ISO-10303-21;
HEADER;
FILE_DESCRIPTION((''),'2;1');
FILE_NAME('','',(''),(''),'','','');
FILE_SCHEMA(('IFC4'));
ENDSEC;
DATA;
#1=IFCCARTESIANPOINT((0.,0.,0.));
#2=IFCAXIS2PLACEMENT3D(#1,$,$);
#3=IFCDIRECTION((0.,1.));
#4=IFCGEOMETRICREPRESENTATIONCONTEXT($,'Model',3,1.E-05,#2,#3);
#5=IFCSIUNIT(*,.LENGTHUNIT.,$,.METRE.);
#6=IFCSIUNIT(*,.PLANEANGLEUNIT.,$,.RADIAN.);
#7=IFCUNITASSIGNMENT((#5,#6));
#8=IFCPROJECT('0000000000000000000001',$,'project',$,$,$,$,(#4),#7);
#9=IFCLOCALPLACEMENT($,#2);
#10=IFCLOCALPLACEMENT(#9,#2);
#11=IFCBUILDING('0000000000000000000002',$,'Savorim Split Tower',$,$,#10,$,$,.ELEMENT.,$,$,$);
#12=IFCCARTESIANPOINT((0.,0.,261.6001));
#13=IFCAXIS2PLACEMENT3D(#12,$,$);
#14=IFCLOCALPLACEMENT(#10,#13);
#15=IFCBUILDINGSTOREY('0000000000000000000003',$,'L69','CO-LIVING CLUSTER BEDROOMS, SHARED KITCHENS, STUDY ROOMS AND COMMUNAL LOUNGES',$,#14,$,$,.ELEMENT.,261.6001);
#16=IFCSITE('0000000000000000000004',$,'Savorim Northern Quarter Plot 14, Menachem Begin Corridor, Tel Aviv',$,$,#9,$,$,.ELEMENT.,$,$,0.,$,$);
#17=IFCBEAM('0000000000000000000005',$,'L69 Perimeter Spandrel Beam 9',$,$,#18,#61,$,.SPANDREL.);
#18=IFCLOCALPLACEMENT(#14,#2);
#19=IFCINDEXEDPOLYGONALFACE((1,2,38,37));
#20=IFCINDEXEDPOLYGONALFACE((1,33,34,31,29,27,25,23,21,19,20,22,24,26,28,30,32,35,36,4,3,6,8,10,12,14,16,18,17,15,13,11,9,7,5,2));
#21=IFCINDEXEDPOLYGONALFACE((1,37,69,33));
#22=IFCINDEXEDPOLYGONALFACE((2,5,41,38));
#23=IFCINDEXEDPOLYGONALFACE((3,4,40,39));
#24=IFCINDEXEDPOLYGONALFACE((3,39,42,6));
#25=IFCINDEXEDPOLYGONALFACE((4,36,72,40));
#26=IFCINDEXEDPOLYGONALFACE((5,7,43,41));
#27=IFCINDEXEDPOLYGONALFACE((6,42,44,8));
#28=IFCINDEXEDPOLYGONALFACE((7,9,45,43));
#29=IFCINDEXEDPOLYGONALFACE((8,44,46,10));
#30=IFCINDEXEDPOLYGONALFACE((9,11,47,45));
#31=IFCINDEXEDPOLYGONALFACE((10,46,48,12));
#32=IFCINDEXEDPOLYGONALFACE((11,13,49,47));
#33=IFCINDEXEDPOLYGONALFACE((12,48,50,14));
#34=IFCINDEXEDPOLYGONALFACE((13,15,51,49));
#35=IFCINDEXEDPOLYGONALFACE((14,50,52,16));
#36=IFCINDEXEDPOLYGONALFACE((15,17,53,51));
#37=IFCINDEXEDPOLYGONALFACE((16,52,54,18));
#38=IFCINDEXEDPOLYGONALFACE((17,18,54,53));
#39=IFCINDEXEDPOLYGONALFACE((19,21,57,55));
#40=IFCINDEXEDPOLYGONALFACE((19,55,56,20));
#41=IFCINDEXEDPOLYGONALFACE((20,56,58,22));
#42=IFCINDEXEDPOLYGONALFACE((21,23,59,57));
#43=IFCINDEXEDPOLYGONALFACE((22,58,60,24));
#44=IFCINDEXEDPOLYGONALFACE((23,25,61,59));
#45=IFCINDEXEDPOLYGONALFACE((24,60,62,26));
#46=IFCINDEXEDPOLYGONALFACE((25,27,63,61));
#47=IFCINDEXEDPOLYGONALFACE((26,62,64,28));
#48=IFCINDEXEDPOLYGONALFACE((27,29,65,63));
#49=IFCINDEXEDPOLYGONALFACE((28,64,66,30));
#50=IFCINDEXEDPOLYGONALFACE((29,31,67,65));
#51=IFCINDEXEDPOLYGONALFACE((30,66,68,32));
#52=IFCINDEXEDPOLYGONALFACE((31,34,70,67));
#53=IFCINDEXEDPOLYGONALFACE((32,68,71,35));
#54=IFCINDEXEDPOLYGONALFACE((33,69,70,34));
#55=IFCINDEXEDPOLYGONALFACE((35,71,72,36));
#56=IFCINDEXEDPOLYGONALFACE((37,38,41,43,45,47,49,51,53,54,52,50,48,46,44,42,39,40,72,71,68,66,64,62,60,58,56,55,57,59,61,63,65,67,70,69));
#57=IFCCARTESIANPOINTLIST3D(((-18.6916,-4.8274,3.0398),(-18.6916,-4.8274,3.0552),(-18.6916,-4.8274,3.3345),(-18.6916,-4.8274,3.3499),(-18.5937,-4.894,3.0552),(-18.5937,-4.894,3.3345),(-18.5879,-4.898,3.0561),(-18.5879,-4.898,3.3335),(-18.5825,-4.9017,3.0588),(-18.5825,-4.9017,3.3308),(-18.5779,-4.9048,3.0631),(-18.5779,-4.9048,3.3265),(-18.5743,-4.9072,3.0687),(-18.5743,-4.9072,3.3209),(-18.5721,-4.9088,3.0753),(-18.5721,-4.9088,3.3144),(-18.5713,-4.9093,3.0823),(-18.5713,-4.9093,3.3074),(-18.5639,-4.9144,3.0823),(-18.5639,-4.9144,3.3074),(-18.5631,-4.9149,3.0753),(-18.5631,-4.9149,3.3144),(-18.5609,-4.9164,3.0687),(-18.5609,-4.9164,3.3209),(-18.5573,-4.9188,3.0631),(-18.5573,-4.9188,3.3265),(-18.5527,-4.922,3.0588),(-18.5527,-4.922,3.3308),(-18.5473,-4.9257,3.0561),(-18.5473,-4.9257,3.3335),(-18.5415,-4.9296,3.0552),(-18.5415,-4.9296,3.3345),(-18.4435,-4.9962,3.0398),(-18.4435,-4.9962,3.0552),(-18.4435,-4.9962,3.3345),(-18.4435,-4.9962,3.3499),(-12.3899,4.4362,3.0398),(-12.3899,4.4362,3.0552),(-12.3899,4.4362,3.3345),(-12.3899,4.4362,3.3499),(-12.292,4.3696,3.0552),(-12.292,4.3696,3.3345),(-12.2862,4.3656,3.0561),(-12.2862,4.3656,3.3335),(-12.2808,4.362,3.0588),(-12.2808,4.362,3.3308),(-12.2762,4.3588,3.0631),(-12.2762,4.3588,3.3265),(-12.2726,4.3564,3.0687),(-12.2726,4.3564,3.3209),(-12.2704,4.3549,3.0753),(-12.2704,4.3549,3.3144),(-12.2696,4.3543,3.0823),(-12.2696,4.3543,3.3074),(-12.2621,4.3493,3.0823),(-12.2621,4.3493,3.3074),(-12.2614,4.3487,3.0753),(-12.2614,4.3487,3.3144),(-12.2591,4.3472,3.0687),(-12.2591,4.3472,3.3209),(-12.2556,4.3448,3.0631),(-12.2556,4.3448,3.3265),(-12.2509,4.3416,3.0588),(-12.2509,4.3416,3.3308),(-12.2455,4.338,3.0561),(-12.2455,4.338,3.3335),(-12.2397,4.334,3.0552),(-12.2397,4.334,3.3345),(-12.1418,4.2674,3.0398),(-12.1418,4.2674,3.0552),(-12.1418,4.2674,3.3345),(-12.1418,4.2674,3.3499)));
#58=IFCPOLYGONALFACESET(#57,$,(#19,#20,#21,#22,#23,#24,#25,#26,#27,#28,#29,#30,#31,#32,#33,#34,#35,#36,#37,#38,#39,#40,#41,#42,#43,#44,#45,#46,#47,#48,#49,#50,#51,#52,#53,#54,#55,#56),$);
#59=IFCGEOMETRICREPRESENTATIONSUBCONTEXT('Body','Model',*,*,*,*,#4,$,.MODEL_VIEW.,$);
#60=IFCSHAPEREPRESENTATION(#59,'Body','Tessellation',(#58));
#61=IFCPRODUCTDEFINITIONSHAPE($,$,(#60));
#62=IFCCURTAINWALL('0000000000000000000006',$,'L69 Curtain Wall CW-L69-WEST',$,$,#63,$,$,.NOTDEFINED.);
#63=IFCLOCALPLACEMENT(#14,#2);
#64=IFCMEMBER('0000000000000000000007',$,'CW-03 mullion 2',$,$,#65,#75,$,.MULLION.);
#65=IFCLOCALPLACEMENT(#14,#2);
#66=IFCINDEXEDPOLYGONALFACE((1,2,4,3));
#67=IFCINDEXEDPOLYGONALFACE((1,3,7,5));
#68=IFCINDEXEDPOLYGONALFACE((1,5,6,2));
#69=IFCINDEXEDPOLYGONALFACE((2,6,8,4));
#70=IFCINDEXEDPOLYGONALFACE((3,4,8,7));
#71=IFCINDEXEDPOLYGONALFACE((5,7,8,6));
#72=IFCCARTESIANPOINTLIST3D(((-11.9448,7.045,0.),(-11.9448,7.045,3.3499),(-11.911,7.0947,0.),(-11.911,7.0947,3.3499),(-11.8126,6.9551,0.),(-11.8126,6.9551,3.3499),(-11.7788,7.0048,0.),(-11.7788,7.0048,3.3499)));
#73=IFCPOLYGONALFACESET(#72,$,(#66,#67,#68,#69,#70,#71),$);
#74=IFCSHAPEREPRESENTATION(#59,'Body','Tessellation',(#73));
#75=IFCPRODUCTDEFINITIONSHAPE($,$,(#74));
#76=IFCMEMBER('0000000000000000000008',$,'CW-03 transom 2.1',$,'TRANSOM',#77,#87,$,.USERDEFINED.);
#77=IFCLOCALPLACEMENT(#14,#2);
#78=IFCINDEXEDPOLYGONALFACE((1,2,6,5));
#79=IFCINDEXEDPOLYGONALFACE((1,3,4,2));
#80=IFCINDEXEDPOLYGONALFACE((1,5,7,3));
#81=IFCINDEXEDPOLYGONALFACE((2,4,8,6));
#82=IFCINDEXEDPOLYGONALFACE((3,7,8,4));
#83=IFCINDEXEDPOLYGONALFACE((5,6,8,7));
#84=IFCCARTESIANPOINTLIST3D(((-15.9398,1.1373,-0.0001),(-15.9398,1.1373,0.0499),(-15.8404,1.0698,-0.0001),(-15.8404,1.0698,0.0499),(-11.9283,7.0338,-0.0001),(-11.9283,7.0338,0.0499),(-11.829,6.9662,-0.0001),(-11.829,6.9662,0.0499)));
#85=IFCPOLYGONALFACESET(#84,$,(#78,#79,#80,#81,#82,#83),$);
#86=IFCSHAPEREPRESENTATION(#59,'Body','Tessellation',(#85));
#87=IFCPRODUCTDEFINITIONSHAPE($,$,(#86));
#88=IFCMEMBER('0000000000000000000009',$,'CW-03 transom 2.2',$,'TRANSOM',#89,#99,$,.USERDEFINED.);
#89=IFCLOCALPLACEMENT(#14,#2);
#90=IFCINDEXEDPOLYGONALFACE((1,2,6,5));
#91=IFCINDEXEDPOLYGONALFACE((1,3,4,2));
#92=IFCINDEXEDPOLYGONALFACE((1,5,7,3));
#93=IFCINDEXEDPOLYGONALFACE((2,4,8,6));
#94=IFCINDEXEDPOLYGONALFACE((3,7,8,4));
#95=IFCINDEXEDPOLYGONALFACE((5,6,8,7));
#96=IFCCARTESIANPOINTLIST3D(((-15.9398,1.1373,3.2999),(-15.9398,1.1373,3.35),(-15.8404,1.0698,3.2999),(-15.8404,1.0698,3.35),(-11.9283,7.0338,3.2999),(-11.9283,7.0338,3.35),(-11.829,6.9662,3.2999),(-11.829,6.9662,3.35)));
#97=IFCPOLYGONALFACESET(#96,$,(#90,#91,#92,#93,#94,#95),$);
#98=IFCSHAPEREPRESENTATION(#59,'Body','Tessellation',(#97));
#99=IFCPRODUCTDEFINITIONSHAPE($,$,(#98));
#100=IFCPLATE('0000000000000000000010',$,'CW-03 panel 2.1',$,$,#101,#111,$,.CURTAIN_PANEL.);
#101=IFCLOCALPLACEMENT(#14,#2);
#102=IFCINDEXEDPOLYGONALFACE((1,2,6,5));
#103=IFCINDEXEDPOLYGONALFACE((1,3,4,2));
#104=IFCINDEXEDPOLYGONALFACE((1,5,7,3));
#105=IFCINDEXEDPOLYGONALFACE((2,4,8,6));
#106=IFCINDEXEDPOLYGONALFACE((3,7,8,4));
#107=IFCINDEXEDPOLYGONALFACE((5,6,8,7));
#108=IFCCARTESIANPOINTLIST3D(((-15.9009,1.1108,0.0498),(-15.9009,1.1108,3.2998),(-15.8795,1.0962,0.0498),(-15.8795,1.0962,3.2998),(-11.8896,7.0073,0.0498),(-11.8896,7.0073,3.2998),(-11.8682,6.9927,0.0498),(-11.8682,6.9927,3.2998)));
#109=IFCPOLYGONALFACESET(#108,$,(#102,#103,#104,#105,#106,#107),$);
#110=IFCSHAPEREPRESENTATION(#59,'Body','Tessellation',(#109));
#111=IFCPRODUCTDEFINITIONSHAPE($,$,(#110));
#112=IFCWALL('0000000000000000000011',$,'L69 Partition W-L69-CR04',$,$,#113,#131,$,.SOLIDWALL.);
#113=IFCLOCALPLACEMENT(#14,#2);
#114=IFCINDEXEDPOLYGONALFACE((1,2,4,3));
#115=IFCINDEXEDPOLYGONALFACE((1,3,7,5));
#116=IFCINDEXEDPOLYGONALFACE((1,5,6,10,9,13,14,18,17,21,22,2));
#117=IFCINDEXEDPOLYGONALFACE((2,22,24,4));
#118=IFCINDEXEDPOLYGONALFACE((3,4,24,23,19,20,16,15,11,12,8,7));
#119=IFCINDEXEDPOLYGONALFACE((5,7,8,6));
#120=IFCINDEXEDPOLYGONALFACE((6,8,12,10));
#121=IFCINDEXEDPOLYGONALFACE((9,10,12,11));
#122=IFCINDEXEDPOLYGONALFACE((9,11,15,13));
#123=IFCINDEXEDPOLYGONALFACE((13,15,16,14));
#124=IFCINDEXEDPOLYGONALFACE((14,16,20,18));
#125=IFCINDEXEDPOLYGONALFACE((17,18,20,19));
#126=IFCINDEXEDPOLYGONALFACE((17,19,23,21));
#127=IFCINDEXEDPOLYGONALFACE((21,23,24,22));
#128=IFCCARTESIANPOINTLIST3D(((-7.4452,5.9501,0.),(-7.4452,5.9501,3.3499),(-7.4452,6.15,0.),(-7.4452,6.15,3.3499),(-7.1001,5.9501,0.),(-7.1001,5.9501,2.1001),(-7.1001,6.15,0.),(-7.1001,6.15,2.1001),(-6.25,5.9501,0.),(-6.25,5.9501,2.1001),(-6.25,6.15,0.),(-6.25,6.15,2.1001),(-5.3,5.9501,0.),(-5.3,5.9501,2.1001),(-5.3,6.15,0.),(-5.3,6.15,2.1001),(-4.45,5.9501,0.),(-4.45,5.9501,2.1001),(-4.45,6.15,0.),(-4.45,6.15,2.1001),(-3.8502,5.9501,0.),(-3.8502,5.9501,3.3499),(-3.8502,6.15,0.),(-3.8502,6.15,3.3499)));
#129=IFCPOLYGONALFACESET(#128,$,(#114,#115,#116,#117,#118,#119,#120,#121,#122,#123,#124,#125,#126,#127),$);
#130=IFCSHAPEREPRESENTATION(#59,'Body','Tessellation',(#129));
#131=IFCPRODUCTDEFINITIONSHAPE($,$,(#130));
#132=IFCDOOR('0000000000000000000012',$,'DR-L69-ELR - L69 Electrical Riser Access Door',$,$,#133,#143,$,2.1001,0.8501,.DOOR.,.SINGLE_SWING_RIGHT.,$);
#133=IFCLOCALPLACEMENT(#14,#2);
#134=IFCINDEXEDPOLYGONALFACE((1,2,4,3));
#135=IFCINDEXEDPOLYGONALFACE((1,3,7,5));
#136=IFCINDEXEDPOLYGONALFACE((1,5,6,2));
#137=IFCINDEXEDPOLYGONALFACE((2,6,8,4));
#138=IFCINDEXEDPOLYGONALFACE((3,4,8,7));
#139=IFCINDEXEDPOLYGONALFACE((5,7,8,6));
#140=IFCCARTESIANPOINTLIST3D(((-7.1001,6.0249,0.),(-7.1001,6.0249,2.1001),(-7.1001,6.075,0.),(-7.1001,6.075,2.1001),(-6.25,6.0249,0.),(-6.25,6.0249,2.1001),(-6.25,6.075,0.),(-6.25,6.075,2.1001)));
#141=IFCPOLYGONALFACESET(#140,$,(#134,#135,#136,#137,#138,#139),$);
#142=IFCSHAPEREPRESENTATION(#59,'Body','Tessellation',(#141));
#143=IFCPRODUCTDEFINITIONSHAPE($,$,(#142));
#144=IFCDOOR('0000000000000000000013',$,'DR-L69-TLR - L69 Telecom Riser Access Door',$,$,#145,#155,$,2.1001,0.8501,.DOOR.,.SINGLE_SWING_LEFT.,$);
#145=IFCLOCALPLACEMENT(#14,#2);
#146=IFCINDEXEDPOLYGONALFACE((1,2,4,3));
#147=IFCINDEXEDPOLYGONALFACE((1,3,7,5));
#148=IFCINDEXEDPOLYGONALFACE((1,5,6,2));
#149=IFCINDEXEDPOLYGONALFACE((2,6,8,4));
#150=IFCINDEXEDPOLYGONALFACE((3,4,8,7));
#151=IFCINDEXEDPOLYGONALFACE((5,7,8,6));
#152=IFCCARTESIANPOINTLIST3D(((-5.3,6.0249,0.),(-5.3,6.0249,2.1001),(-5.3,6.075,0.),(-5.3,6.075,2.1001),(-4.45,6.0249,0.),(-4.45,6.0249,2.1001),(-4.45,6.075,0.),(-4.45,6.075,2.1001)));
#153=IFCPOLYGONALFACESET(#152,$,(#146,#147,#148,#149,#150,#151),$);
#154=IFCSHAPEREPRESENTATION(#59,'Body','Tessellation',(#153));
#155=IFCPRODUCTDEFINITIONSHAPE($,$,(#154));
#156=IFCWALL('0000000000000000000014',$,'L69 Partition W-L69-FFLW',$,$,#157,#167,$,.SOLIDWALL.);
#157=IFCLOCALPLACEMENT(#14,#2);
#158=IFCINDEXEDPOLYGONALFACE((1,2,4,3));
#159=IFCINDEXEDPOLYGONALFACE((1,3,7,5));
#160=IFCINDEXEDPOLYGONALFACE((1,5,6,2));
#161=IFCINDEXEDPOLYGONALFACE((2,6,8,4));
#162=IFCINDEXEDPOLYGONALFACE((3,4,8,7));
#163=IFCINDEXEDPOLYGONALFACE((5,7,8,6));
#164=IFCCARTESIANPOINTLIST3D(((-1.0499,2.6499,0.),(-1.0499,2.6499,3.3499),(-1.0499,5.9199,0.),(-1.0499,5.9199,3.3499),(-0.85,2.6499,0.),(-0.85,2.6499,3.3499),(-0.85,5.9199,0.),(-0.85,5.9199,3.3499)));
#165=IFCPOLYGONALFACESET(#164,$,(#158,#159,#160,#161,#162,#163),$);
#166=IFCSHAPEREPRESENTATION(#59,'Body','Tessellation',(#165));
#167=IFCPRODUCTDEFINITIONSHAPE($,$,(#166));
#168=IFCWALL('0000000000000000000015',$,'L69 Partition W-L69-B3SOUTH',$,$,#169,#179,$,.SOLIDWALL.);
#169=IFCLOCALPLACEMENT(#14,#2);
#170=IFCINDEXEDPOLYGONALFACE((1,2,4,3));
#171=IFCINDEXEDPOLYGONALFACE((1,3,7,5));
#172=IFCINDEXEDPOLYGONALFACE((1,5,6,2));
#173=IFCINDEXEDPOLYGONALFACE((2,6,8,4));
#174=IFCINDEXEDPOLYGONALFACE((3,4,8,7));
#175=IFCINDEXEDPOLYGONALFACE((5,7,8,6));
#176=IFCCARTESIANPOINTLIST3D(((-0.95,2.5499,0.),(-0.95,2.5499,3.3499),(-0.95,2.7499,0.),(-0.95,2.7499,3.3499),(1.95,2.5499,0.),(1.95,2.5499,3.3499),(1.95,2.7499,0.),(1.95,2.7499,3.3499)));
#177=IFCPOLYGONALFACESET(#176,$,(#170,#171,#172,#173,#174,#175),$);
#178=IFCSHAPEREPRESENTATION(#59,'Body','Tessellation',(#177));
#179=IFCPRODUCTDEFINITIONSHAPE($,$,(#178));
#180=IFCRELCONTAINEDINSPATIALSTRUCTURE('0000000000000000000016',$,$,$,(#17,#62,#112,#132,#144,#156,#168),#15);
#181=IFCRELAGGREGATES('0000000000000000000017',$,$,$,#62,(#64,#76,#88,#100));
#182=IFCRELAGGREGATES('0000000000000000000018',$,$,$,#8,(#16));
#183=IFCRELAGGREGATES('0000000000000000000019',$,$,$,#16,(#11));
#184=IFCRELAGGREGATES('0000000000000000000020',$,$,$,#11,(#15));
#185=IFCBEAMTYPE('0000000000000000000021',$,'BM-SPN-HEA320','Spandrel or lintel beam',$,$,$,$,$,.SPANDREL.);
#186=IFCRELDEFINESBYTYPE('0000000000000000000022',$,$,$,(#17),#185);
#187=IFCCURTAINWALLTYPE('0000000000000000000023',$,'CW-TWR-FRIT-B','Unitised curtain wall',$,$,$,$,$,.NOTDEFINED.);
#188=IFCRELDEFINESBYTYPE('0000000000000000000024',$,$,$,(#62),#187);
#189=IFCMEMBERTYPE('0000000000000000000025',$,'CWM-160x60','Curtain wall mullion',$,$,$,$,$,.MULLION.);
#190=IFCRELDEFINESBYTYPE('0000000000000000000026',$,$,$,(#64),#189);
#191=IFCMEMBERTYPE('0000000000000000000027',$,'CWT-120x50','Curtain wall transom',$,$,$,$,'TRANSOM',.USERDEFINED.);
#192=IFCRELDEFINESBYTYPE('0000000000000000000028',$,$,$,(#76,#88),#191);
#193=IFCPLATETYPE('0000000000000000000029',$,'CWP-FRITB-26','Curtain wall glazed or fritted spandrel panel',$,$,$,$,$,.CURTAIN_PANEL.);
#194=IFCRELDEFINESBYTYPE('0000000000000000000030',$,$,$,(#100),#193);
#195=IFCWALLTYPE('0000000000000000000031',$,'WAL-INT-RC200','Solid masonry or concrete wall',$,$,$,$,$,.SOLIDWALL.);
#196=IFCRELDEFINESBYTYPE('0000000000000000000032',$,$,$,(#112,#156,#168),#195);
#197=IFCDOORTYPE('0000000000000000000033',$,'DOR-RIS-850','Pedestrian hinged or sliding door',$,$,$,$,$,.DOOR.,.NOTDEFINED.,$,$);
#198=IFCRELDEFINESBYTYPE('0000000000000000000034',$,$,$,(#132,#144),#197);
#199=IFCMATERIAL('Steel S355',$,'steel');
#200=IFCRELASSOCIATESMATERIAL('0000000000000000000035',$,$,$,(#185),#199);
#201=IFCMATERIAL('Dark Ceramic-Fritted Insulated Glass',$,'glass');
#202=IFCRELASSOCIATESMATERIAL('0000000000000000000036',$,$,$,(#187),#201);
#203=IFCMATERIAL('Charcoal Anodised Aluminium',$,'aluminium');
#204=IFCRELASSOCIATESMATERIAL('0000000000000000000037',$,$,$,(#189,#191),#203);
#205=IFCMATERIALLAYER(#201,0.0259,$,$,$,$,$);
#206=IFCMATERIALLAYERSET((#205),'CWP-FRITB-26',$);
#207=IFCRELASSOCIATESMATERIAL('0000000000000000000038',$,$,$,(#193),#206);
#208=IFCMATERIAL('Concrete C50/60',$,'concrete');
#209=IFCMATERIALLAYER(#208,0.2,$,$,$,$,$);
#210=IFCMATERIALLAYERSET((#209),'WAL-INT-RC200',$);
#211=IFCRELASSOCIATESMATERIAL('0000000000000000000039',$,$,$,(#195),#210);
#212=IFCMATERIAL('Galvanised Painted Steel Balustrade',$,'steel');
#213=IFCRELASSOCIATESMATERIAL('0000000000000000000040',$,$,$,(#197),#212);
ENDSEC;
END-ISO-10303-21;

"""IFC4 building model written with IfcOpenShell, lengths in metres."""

from ifc_helpers import new_model, si_unit, direction, frame, frame_2d, origin, origin_2d, place, context, subcontext, project, spatial, rectangle, i_section, extrude, material, layer, layer_set, material_profile, profile_set, type_object, element, fill, aggregate, save


model = new_model("IFC4")

# Units and contexts
model_context = context("Model", 3, precision=1e-05, world=origin(), true_north=direction((0.0, 1.0)))
body_context = subcontext(model_context, "Body", "Model", "MODEL_VIEW")
ifc_project = project(units=[si_unit("LENGTHUNIT", "METRE"), si_unit("PLANEANGLEUNIT", "RADIAN")], contexts=[model_context])

# Site, building, storey
site_placement = place(None, origin())
site = spatial("IfcSite", under=ifc_project, at=site_placement, Name="Savorim Northern Quarter Plot 14, Menachem Begin Corridor, Tel Aviv", CompositionType="ELEMENT", RefElevation=0.0)
building_placement = place(site_placement, origin())
building = spatial("IfcBuilding", under=site, at=building_placement, Name="Savorim Split Tower", CompositionType="ELEMENT")
storey_placement = place(building_placement, frame((0.0, 0.0, 261.6001)))
storey = spatial("IfcBuildingStorey", under=building, at=storey_placement, Name="L69", Description="CO-LIVING CLUSTER BEDROOMS, SHARED KITCHENS, STUDY ROOMS AND COMMUNAL LOUNGES", CompositionType="ELEMENT", Elevation=261.6001)

# Shared definitions
ifc_material_1 = material(Name="Steel S355", Category="steel")

# Beam
ifc_material_profile_1 = material_profile(ifc_material_1, i_section(OverallWidth=0.3, OverallDepth=0.3101, WebThickness=0.009, FlangeThickness=0.0154, FilletRadius=0.0271, at=origin_2d()), Name="HEA 320")
ifc_profile_set_1 = profile_set([ifc_material_profile_1], Name="Steel S355")
beam_type_1 = type_object("IfcBeamType", Name="BM-SPN-HEA320", Description="Spandrel or lintel beam", PredefinedType="SPANDREL", material=ifc_profile_set_1)
beam_1_placement = place(storey_placement, frame((-12.2659, 4.3518, 3.1948), z_axis=(-0.56246, -0.826824, 0.0), x_axis=(0.826824, -0.56246, 0.0)))
element("IfcBeam", 1, at=beam_1_placement, inside=storey, type_object=beam_type_1, Name="L69 Perimeter Spandrel Beam 9", PredefinedType="SPANDREL", context=body_context, shape_type="SweptSolid", body=[
    extrude(i_section(OverallWidth=0.3, OverallDepth=0.3101, WebThickness=0.009, FlangeThickness=0.0154, FilletRadius=0.0271, at=origin_2d()), origin(), (0.0, 0.0, 1.0), 11.2039),
])

# Curtain wall, members, plate
ifc_material_2 = material(Name="Dark Ceramic-Fritted Insulated Glass", Category="glass")
curtain_wall_type = type_object("IfcCurtainWallType", Name="CW-TWR-FRIT-B", Description="Unitised curtain wall", PredefinedType="NOTDEFINED", material=ifc_material_2)
curtain_wall_placement = place(storey_placement, origin())
curtain_wall = element("IfcCurtainWall", 2, at=curtain_wall_placement, inside=storey, type_object=curtain_wall_type, Name="L69 Curtain Wall CW-L69-WEST", PredefinedType="NOTDEFINED")
ifc_material_3 = material(Name="Charcoal Anodised Aluminium", Category="aluminium")
ifc_material_profile_2 = material_profile(ifc_material_3, rectangle(XDim=0.1599, YDim=0.0601, at=origin_2d()), Name="ALU-M 160x60")
ifc_profile_set_2 = profile_set([ifc_material_profile_2], Name="Charcoal Anodised Aluminium")
member_type_1 = type_object("IfcMemberType", Name="CWM-160x60", Description="Curtain wall mullion", PredefinedType="MULLION", material=ifc_profile_set_2)
member_1_placement = place(storey_placement, frame((-11.8618, 7.0249, 0.0), z_axis=(0.0, 0.0, 1.0), x_axis=(0.826817, -0.56247, 0.0)))
member_1 = element("IfcMember", 3, at=member_1_placement, type_object=member_type_1, Name="CW-03 mullion 2", PredefinedType="MULLION", context=body_context, shape_type="SweptSolid", body=[
    extrude(rectangle(XDim=0.1599, YDim=0.0601, at=origin_2d()), origin(), (0.0, 0.0, 1.0), 3.3499),
])
ifc_material_profile_3 = material_profile(ifc_material_3, rectangle(XDim=0.1201, YDim=0.05, at=origin_2d()), Name="ALU-T 120x50")
ifc_profile_set_3 = profile_set([ifc_material_profile_3], Name="Charcoal Anodised Aluminium")
member_type_2 = type_object("IfcMemberType", Name="CWT-120x50", Description="Curtain wall transom", ElementType="TRANSOM", PredefinedType="USERDEFINED", material=ifc_profile_set_3)
member_2_placement = place(storey_placement, frame((-11.8787, 7.0, 0.0249), z_axis=(-0.562489, -0.826805, 0.0), x_axis=(0.826805, -0.562489, 0.0)))
member_2 = element("IfcMember", 4, at=member_2_placement, type_object=member_type_2, Name="CW-03 transom 2.1", ObjectType="TRANSOM", PredefinedType="USERDEFINED", context=body_context, shape_type="SweptSolid", body=[
    extrude(rectangle(XDim=0.1201, YDim=0.05, at=origin_2d()), origin(), (0.0, 0.0, 1.0), 7.1316),
])
member_3_placement = place(storey_placement, frame((-11.8787, 7.0, 3.325), z_axis=(-0.562489, -0.826805, 0.0), x_axis=(0.826805, -0.562489, 0.0)))
member_3 = element("IfcMember", 5, at=member_3_placement, type_object=member_type_2, Name="CW-03 transom 2.2", ObjectType="TRANSOM", PredefinedType="USERDEFINED", context=body_context, shape_type="SweptSolid", body=[
    extrude(rectangle(XDim=0.1201, YDim=0.05, at=origin_2d()), origin(), (0.0, 0.0, 1.0), 7.1316),
])
ifc_layer_1 = layer(ifc_material_2, 0.0259)
ifc_layer_set_1 = layer_set([ifc_layer_1], Name="CWP-FRITB-26")
plate_type = type_object("IfcPlateType", Name="CWP-FRITB-26", Description="Curtain wall glazed or fritted spandrel panel", PredefinedType="CURTAIN_PANEL", material=ifc_layer_set_1)
plate_placement = place(storey_placement, frame((-13.8845, 4.0518, 0.0498), z_axis=(0.0, 0.0, 1.0), x_axis=(-0.56247, -0.826817, 0.0)))
plate = element("IfcPlate", 6, at=plate_placement, type_object=plate_type, Name="CW-03 panel 2.1", PredefinedType="CURTAIN_PANEL", context=body_context, shape_type="SweptSolid", body=[
    extrude(rectangle(XDim=7.1316, YDim=0.0259, at=origin_2d()), origin(), (0.0, 0.0, 1.0), 3.25),
])
aggregate(curtain_wall, [member_1, member_2, member_3, plate])

# Wall, openings, doors
ifc_material_4 = material(Name="Concrete C50/60", Category="concrete")
ifc_layer_2 = layer(ifc_material_4, 0.2)
ifc_layer_set_2 = layer_set([ifc_layer_2], Name="WAL-INT-RC200")
wall_type_1 = type_object("IfcWallType", Name="WAL-INT-RC200", Description="Solid masonry or concrete wall", PredefinedType="SOLIDWALL", material=ifc_layer_set_2)
wall_1_placement = place(storey_placement, frame((-7.4451, 6.05, 0.0), z_axis=(0.0, 0.0, 1.0), x_axis=(1.0, 0.0, 0.0)))
wall_1 = element("IfcWall", 7, at=wall_1_placement, inside=storey, type_object=wall_type_1, Name="L69 Partition W-L69-CR04", PredefinedType="SOLIDWALL", context=body_context, shape_type="SweptSolid", body=[
    extrude(rectangle(XDim=3.595, YDim=0.2, at=frame_2d((1.7974, 0.0))), origin(), (0.0, 0.0, 1.0), 3.3499),
])
opening_1_placement = place(wall_1_placement, frame((0.345, 0.0, 0.0)))
opening_1 = element("IfcOpeningElement", 8, at=opening_1_placement, cuts=wall_1, PredefinedType="OPENING", context=body_context, shape_type="SweptSolid", body=[
    extrude(rectangle(XDim=0.8501, YDim=2.1001, at=frame_2d((0.425, 1.05))), frame((0.0, 0.1099, 0.0), z_axis=(0.0, -1.0, 0.0), x_axis=(1.0, 0.0, 0.0)), (0.0, 0.0, 1.0), 0.22),
])
opening_2_placement = place(wall_1_placement, frame((2.145, 0.0, 0.0)))
opening_2 = element("IfcOpeningElement", 9, at=opening_2_placement, cuts=wall_1, PredefinedType="OPENING", context=body_context, shape_type="SweptSolid", body=[
    extrude(rectangle(XDim=0.8501, YDim=2.1001, at=frame_2d((0.425, 1.05))), frame((0.0, 0.1099, 0.0), z_axis=(0.0, -1.0, 0.0), x_axis=(1.0, 0.0, 0.0)), (0.0, 0.0, 1.0), 0.22),
])
ifc_material_5 = material(Name="Galvanised Painted Steel Balustrade", Category="steel")
door_type = type_object("IfcDoorType", Name="DOR-RIS-850", Description="Pedestrian hinged or sliding door", OperationType="NOTDEFINED", PredefinedType="DOOR", material=ifc_material_5)
door_1_placement = place(opening_1_placement, origin())
door_1 = element("IfcDoor", 10, at=door_1_placement, inside=storey, type_object=door_type, Name="DR-L69-ELR - L69 Electrical Riser Access Door", OperationType="SINGLE_SWING_RIGHT", OverallHeight=2.1001, OverallWidth=0.8501, PredefinedType="DOOR", context=body_context, shape_type="SweptSolid", body=[
    extrude(rectangle(XDim=0.8501, YDim=2.1001, at=frame_2d((0.425, 1.05))), frame((0.0, 0.0249, 0.0), z_axis=(0.0, -1.0, 0.0), x_axis=(1.0, 0.0, 0.0)), (0.0, 0.0, 1.0), 0.05),
])
fill(opening_1, door_1)
door_2_placement = place(opening_2_placement, origin())
door_2 = element("IfcDoor", 11, at=door_2_placement, inside=storey, type_object=door_type, Name="DR-L69-TLR - L69 Telecom Riser Access Door", OperationType="SINGLE_SWING_LEFT", OverallHeight=2.1001, OverallWidth=0.8501, PredefinedType="DOOR", context=body_context, shape_type="SweptSolid", body=[
    extrude(rectangle(XDim=0.8501, YDim=2.1001, at=frame_2d((0.425, 1.05))), frame((0.0, 0.0249, 0.0), z_axis=(0.0, -1.0, 0.0), x_axis=(1.0, 0.0, 0.0)), (0.0, 0.0, 1.0), 0.05),
])
fill(opening_2, door_2)

# Walls
wall_2_placement = place(storey_placement, frame((-0.95, 2.6499, 0.0), z_axis=(0.0, 0.0, 1.0), x_axis=(0.0, 1.0, 0.0)))
element("IfcWall", 12, at=wall_2_placement, inside=storey, type_object=wall_type_1, Name="L69 Partition W-L69-FFLW", PredefinedType="SOLIDWALL", context=body_context, shape_type="SweptSolid", body=[
    extrude(rectangle(XDim=3.27, YDim=0.2, at=frame_2d((1.635, 0.0))), origin(), (0.0, 0.0, 1.0), 3.3499),
])
wall_3_placement = place(storey_placement, frame((-0.95, 2.6499, 0.0), z_axis=(0.0, 0.0, 1.0), x_axis=(1.0, 0.0, 0.0)))
element("IfcWall", 13, at=wall_3_placement, inside=storey, type_object=wall_type_1, Name="L69 Partition W-L69-B3SOUTH", PredefinedType="SOLIDWALL", context=body_context, shape_type="SweptSolid", body=[
    extrude(rectangle(XDim=2.8999, YDim=0.2, at=frame_2d((1.45, 0.0))), origin(), (0.0, 0.0, 1.0), 3.3499),
])

save(model, "model.ifc")
